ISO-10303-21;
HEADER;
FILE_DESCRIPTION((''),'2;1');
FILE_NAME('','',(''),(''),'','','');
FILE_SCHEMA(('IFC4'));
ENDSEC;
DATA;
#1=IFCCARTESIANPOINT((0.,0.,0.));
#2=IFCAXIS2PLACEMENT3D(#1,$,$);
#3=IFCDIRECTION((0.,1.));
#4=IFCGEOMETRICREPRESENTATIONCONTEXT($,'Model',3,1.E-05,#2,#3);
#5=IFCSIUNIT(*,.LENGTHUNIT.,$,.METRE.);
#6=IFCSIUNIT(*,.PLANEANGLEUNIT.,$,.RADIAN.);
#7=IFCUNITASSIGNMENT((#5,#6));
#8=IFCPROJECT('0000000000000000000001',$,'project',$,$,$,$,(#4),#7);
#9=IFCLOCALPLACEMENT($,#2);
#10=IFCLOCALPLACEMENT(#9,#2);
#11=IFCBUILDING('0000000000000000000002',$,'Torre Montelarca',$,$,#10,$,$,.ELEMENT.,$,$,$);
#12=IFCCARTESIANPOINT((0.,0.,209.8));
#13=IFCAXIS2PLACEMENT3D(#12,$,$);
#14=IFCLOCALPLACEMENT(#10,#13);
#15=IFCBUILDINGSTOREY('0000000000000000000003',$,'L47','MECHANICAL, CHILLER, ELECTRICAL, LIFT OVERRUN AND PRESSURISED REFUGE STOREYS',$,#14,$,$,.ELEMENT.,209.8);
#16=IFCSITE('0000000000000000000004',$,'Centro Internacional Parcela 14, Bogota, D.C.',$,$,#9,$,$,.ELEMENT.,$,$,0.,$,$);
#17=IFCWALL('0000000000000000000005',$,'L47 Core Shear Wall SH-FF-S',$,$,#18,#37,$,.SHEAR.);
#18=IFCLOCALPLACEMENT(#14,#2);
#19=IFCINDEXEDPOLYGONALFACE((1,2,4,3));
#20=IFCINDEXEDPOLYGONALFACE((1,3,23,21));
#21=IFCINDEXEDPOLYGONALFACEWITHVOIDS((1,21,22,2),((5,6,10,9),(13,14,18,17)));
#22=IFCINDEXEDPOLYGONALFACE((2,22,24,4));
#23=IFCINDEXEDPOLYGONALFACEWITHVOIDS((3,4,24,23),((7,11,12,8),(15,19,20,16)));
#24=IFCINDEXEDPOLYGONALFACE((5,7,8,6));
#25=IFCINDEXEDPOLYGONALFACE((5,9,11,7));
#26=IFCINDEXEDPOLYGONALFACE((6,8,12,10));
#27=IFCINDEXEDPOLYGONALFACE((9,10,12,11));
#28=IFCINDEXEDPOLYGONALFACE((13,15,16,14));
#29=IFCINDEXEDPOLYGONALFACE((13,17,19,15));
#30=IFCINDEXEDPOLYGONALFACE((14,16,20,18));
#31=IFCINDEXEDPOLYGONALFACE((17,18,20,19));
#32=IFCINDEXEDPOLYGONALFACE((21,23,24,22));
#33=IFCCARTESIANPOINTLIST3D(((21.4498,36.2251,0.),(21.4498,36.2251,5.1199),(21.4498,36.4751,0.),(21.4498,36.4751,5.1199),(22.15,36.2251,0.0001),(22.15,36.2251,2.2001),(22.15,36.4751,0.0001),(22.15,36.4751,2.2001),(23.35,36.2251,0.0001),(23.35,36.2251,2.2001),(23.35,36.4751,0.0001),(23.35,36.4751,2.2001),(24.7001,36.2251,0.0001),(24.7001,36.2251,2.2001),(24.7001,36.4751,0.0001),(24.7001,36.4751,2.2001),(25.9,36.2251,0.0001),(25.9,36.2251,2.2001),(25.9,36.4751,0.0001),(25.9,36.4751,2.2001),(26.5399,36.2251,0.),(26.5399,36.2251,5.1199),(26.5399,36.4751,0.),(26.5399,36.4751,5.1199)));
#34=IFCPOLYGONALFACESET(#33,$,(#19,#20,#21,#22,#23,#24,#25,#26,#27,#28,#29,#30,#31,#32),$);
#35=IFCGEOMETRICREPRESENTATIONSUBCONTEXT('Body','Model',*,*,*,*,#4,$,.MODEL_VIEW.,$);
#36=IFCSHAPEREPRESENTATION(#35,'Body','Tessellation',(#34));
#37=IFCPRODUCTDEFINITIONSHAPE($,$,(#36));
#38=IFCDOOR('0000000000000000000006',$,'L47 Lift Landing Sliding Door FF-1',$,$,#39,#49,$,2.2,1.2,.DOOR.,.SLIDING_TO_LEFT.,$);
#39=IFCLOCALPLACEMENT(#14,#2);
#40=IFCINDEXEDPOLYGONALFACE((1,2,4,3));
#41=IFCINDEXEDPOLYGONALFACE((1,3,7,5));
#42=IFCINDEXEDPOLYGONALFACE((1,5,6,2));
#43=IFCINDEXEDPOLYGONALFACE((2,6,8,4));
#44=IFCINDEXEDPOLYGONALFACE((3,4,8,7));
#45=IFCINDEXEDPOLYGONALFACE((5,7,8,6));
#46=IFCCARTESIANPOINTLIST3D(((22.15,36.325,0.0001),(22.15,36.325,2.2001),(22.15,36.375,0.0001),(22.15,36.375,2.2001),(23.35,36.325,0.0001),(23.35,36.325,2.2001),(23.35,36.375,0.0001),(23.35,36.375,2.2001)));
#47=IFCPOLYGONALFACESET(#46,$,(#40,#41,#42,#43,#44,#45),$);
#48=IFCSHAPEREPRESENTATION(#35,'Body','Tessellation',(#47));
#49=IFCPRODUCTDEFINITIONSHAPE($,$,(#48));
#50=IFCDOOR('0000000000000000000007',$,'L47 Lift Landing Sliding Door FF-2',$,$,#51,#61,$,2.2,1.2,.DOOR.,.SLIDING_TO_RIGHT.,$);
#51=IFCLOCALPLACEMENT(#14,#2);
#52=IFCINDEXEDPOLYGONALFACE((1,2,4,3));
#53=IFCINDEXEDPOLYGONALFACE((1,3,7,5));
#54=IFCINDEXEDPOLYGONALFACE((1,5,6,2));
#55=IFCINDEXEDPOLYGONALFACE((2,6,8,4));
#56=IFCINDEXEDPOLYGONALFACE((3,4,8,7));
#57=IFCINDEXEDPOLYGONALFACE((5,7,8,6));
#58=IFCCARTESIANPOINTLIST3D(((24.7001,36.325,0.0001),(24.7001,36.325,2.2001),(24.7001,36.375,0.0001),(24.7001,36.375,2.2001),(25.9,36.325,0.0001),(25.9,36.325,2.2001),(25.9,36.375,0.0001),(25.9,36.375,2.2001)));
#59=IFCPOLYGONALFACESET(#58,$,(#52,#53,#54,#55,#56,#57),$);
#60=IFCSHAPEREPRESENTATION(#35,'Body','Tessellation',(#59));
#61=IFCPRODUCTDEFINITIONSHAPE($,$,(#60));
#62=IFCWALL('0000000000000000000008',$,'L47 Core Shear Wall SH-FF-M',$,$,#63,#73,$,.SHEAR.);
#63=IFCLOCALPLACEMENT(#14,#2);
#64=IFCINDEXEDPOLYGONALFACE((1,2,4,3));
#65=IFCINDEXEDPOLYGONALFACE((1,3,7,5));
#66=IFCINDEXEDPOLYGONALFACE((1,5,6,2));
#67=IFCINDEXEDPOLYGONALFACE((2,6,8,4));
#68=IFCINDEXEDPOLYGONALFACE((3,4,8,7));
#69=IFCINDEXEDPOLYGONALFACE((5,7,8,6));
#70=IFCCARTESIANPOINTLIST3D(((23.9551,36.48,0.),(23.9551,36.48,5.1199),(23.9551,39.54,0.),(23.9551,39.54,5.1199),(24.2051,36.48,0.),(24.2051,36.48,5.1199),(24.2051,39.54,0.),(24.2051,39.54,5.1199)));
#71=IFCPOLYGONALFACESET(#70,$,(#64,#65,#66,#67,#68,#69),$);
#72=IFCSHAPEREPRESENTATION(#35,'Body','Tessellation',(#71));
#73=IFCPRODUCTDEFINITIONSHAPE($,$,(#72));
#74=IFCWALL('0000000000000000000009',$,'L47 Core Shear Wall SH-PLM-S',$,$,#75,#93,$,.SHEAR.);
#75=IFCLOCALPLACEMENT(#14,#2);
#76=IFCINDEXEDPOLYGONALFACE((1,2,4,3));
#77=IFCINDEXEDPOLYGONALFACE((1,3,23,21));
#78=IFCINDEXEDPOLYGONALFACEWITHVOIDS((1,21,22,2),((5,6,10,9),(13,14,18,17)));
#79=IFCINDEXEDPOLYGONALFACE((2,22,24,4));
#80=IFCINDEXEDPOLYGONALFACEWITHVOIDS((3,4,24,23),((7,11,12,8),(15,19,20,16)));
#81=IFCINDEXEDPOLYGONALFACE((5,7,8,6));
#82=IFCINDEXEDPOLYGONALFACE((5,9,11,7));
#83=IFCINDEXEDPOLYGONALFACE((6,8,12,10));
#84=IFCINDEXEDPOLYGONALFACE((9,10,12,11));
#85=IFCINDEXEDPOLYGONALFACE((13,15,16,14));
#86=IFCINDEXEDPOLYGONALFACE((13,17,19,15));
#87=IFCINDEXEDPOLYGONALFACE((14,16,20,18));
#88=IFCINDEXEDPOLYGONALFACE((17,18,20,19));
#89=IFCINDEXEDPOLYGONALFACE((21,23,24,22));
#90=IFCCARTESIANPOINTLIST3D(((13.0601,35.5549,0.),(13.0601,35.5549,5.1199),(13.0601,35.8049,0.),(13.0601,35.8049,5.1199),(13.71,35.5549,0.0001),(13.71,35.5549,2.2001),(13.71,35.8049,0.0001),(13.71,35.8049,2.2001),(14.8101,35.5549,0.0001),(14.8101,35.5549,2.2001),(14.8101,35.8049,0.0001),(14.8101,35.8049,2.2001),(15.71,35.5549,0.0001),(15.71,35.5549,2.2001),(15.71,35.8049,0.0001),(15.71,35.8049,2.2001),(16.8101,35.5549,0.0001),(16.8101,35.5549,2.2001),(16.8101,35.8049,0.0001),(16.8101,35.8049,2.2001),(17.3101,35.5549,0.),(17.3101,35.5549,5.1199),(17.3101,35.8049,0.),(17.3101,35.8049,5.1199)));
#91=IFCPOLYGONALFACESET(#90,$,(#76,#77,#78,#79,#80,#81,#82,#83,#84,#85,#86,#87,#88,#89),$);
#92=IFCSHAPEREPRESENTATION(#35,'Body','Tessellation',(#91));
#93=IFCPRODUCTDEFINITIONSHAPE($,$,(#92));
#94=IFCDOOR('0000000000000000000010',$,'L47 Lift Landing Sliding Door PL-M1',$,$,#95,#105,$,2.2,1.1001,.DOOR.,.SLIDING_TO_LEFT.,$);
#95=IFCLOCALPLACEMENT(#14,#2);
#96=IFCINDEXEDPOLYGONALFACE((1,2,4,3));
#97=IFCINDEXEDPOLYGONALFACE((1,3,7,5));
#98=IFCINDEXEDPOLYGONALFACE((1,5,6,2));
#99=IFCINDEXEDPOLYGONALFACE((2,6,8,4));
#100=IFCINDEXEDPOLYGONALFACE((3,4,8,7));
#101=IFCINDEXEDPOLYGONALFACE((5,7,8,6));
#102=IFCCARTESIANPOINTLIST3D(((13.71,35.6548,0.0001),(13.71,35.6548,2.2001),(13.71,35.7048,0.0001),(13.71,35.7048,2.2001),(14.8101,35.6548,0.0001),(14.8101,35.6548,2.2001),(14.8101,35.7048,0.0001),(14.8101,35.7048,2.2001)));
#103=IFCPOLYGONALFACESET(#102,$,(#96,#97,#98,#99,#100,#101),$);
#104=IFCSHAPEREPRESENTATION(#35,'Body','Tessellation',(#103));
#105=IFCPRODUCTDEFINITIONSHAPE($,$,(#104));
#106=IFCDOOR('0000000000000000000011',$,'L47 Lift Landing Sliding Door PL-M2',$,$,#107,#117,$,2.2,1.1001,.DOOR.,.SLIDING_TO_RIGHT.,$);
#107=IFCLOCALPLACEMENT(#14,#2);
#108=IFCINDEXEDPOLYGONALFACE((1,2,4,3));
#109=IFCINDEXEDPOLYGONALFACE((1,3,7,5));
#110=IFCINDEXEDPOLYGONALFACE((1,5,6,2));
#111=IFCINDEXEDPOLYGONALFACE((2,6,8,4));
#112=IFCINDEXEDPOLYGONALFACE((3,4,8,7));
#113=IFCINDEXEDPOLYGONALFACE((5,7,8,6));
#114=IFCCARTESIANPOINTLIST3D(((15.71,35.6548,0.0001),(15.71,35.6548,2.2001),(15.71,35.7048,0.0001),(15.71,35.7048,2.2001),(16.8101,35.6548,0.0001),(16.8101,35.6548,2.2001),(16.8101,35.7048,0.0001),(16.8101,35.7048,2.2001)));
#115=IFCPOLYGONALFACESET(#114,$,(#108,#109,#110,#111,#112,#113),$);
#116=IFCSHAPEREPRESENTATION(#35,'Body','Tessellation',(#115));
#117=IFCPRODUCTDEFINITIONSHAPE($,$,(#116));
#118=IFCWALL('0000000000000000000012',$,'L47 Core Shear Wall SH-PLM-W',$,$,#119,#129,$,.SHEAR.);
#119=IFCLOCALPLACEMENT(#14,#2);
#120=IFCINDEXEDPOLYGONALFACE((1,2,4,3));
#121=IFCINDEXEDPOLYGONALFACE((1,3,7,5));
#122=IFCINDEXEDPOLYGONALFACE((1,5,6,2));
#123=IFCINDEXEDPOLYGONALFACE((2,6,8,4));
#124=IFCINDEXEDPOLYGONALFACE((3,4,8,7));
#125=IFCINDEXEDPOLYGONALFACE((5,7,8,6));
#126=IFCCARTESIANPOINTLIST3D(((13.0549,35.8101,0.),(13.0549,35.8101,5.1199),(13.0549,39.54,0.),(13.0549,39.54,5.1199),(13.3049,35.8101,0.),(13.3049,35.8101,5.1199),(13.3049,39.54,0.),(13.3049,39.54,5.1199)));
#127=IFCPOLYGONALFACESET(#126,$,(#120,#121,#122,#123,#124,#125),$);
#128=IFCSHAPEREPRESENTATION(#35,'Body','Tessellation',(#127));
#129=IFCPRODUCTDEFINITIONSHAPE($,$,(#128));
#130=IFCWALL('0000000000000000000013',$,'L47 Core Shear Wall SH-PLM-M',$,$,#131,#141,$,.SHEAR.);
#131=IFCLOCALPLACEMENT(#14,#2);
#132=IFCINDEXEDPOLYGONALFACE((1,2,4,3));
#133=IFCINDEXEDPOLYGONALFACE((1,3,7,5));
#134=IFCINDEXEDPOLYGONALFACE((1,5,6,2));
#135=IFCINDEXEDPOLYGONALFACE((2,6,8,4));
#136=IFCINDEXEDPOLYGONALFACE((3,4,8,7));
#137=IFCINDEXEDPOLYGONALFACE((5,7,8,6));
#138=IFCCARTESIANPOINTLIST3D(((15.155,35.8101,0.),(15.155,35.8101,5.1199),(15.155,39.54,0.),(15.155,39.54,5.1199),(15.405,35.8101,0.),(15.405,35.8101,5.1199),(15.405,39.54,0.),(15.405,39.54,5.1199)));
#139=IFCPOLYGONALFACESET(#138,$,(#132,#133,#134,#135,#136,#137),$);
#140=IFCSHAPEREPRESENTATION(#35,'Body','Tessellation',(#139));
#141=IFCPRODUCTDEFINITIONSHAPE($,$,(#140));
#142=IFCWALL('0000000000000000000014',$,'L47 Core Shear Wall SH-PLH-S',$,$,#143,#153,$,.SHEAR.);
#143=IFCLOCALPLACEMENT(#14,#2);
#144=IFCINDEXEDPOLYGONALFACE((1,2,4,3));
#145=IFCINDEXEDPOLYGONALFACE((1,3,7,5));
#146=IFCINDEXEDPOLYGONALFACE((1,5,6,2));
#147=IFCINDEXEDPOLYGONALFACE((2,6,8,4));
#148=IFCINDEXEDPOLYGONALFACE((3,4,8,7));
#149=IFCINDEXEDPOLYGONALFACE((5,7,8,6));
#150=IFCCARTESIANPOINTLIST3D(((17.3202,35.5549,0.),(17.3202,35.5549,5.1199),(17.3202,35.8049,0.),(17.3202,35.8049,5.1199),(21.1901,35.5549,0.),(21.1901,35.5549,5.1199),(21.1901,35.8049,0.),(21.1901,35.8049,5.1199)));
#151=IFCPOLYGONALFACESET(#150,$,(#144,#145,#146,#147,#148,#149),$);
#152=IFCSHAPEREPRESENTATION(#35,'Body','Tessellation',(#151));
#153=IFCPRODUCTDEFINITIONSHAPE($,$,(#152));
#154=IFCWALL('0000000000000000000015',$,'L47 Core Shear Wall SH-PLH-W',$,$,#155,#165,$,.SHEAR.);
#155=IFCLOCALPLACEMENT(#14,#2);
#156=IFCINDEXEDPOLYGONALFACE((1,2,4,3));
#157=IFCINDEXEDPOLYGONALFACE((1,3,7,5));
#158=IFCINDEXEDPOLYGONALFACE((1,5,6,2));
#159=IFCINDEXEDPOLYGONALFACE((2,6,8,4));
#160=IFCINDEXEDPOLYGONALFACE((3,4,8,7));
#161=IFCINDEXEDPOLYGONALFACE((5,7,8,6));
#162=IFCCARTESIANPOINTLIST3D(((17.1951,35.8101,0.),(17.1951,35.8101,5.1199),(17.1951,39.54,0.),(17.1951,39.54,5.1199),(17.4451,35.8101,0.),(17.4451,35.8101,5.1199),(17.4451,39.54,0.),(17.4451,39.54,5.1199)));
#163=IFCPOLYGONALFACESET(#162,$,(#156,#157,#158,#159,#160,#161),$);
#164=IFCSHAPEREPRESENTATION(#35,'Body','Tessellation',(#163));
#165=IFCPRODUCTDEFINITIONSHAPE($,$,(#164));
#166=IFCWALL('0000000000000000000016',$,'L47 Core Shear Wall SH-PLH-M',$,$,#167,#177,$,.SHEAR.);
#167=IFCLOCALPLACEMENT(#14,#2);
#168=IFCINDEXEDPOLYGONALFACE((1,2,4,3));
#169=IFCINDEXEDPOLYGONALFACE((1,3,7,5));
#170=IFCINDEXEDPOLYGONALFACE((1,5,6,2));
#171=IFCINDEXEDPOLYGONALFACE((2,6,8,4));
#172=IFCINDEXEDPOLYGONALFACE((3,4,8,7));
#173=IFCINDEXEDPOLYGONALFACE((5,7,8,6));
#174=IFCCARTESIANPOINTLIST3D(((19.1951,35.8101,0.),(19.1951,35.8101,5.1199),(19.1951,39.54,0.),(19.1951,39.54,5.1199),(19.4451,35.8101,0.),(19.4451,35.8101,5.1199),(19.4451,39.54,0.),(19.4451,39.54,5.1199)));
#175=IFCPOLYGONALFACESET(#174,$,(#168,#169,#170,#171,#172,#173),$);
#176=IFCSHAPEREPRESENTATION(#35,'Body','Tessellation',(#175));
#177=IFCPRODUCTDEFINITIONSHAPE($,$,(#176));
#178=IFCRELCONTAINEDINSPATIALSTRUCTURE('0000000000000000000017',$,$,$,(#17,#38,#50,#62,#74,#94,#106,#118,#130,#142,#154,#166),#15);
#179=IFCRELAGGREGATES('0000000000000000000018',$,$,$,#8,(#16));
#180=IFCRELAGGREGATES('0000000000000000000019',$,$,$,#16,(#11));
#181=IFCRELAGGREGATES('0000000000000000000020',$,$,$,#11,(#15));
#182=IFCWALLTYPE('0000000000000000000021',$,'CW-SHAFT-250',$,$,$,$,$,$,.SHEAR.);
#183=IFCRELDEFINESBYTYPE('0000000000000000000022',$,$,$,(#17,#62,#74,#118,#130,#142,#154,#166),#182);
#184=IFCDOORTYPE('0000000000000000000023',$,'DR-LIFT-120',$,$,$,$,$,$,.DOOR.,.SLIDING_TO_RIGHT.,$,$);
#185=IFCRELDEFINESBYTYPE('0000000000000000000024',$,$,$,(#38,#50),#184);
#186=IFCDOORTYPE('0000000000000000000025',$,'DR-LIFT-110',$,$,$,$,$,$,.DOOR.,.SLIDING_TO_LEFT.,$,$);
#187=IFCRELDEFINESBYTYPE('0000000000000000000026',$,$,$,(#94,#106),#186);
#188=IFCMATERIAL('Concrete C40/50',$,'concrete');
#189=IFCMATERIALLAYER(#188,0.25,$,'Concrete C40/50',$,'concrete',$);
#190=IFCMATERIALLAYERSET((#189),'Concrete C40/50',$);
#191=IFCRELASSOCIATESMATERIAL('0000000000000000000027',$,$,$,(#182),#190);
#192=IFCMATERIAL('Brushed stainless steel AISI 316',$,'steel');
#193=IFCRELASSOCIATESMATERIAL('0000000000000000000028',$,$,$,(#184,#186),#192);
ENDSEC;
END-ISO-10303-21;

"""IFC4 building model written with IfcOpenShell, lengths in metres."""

from ifc_helpers import new_model, si_unit, direction, frame, frame_2d, origin, place, context, subcontext, project, spatial, rectangle, extrude, source, transform, mapped, material, layer, layer_set, type_object, element, fill, save


model = new_model("IFC4")

# Units and contexts
model_context = context("Model", 3, precision=1e-05, world=origin(), true_north=direction((0.0, 1.0)))
body_context = subcontext(model_context, "Body", "Model", "MODEL_VIEW")
ifc_project = project(units=[si_unit("LENGTHUNIT", "METRE"), si_unit("PLANEANGLEUNIT", "RADIAN")], contexts=[model_context])

# Site, building, storey
site_placement = place(None, origin())
site = spatial("IfcSite", under=ifc_project, at=site_placement, Name="Centro Internacional Parcela 14, Bogota, D.C.", CompositionType="ELEMENT", RefElevation=0.0)
building_placement = place(site_placement, origin())
building = spatial("IfcBuilding", under=site, at=building_placement, Name="Torre Montelarca", CompositionType="ELEMENT")
storey_placement = place(building_placement, frame((0.0, 0.0, 209.8)))
storey = spatial("IfcBuildingStorey", under=building, at=storey_placement, Name="L47", Description="MECHANICAL, CHILLER, ELECTRICAL, LIFT OVERRUN AND PRESSURISED REFUGE STOREYS", CompositionType="ELEMENT", Elevation=209.8)

# Shared definitions
ifc_material_1 = material(Name="Concrete C40/50", Category="concrete")
ifc_layer_1 = layer(ifc_material_1, 0.25, Name="Concrete C40/50", Category="concrete")
ifc_layer_set_1 = layer_set([ifc_layer_1], Name="Concrete C40/50")
wall_type_1 = type_object("IfcWallType", Name="CW-SHAFT-250", PredefinedType="SHEAR", material=ifc_layer_set_1)

# Wall, openings, doors
wall_1_placement = place(storey_placement, frame((21.45, 36.3501, 0.0), z_axis=(0.0, 0.0, 1.0), x_axis=(1.0, 0.0, 0.0)))
wall_1 = element("IfcWall", 1, at=wall_1_placement, inside=storey, type_object=wall_type_1, Name="L47 Core Shear Wall SH-FF-S", PredefinedType="SHEAR", context=body_context, shape_type="SweptSolid", body=[
    extrude(rectangle(XDim=5.0901, YDim=0.25, at=frame_2d((2.5449, 0.0))), origin(), (0.0, 0.0, 1.0), 5.1199),
])
opening_1_placement = place(wall_1_placement, frame((0.7, 0.0, 0.0)))
opening_1 = element("IfcOpeningElement", 2, at=opening_1_placement, cuts=wall_1, PredefinedType="OPENING", context=body_context, shape_type="SweptSolid", body=[
    extrude(rectangle(XDim=1.2, YDim=2.2, at=frame_2d((0.6001, 1.1001))), frame((0.0, 0.135, 0.0), z_axis=(0.0, -1.0, 0.0), x_axis=(1.0, 0.0, 0.0)), (0.0, 0.0, 1.0), 0.27),
])
opening_2_placement = place(wall_1_placement, frame((3.25, 0.0, 0.0)))
opening_2 = element("IfcOpeningElement", 3, at=opening_2_placement, cuts=wall_1, PredefinedType="OPENING", context=body_context, shape_type="SweptSolid", body=[
    extrude(rectangle(XDim=1.2, YDim=2.2, at=frame_2d((0.6001, 1.1001))), frame((0.0, 0.135, 0.0), z_axis=(0.0, -1.0, 0.0), x_axis=(1.0, 0.0, 0.0)), (0.0, 0.0, 1.0), 0.27),
])
ifc_material_2 = material(Name="Brushed stainless steel AISI 316", Category="steel")
door_type_1 = type_object("IfcDoorType", Name="DR-LIFT-120", OperationType="SLIDING_TO_RIGHT", PredefinedType="DOOR", material=ifc_material_2)
shared_shape_1 = source(origin(), body_context, "Body", "SweptSolid", [
    extrude(rectangle(XDim=1.2, YDim=2.2, at=frame_2d((0.6001, 1.1001))), frame((0.0, 0.0249, 0.0), z_axis=(0.0, -1.0, 0.0), x_axis=(1.0, 0.0, 0.0)), (0.0, 0.0, 1.0), 0.05),
])
door_1_placement = place(opening_1_placement, origin())
door_1 = element("IfcDoor", 4, at=door_1_placement, inside=storey, type_object=door_type_1, Name="L47 Lift Landing Sliding Door FF-1", OperationType="SLIDING_TO_LEFT", OverallHeight=2.2, OverallWidth=1.2, PredefinedType="DOOR", context=body_context, shape_type="MappedRepresentation", body=[
    mapped(shared_shape_1, transform((0.0, 0.0, 0.0), scale=1.0)),
])
fill(opening_1, door_1)
door_2_placement = place(opening_2_placement, origin())
door_2 = element("IfcDoor", 5, at=door_2_placement, inside=storey, type_object=door_type_1, Name="L47 Lift Landing Sliding Door FF-2", OperationType="SLIDING_TO_RIGHT", OverallHeight=2.2, OverallWidth=1.2, PredefinedType="DOOR", context=body_context, shape_type="MappedRepresentation", body=[
    mapped(shared_shape_1, transform((0.0, 0.0, 0.0), scale=1.0)),
])
fill(opening_2, door_2)

# Wall
wall_2_placement = place(storey_placement, frame((24.0801, 36.48, 0.0), z_axis=(0.0, 0.0, 1.0), x_axis=(0.0, 1.0, 0.0)))
element("IfcWall", 6, at=wall_2_placement, inside=storey, type_object=wall_type_1, Name="L47 Core Shear Wall SH-FF-M", PredefinedType="SHEAR", context=body_context, shape_type="SweptSolid", body=[
    extrude(rectangle(XDim=3.0601, YDim=0.25, at=frame_2d((1.53, 0.0))), origin(), (0.0, 0.0, 1.0), 5.1199),
])

# Wall, openings, doors
wall_3_placement = place(storey_placement, frame((13.0601, 35.6799, 0.0), z_axis=(0.0, 0.0, 1.0), x_axis=(1.0, 0.0, 0.0)))
wall_3 = element("IfcWall", 7, at=wall_3_placement, inside=storey, type_object=wall_type_1, Name="L47 Core Shear Wall SH-PLM-S", PredefinedType="SHEAR", context=body_context, shape_type="SweptSolid", body=[
    extrude(rectangle(XDim=4.25, YDim=0.25, at=frame_2d((2.125, 0.0))), origin(), (0.0, 0.0, 1.0), 5.1199),
])
opening_3_placement = place(wall_3_placement, frame((0.6499, 0.0, 0.0)))
opening_3 = element("IfcOpeningElement", 8, at=opening_3_placement, cuts=wall_3, PredefinedType="OPENING", context=body_context, shape_type="SweptSolid", body=[
    extrude(rectangle(XDim=1.1001, YDim=2.2, at=frame_2d((0.55, 1.1001))), frame((0.0, 0.135, 0.0), z_axis=(0.0, -1.0, 0.0), x_axis=(1.0, 0.0, 0.0)), (0.0, 0.0, 1.0), 0.27),
])
opening_4_placement = place(wall_3_placement, frame((2.6499, 0.0, 0.0)))
opening_4 = element("IfcOpeningElement", 9, at=opening_4_placement, cuts=wall_3, PredefinedType="OPENING", context=body_context, shape_type="SweptSolid", body=[
    extrude(rectangle(XDim=1.1001, YDim=2.2, at=frame_2d((0.55, 1.1001))), frame((0.0, 0.135, 0.0), z_axis=(0.0, -1.0, 0.0), x_axis=(1.0, 0.0, 0.0)), (0.0, 0.0, 1.0), 0.27),
])
door_type_2 = type_object("IfcDoorType", Name="DR-LIFT-110", OperationType="SLIDING_TO_LEFT", PredefinedType="DOOR", material=ifc_material_2)
shared_shape_2 = source(origin(), body_context, "Body", "SweptSolid", [
    extrude(rectangle(XDim=1.1001, YDim=2.2, at=frame_2d((0.55, 1.1001))), frame((0.0, 0.0249, 0.0), z_axis=(0.0, -1.0, 0.0), x_axis=(1.0, 0.0, 0.0)), (0.0, 0.0, 1.0), 0.05),
])
door_3_placement = place(opening_3_placement, origin())
door_3 = element("IfcDoor", 10, at=door_3_placement, inside=storey, type_object=door_type_2, Name="L47 Lift Landing Sliding Door PL-M1", OperationType="SLIDING_TO_LEFT", OverallHeight=2.2, OverallWidth=1.1001, PredefinedType="DOOR", context=body_context, shape_type="MappedRepresentation", body=[
    mapped(shared_shape_2, transform((0.0, 0.0, 0.0), scale=1.0)),
])
fill(opening_3, door_3)
door_4_placement = place(opening_4_placement, origin())
door_4 = element("IfcDoor", 11, at=door_4_placement, inside=storey, type_object=door_type_2, Name="L47 Lift Landing Sliding Door PL-M2", OperationType="SLIDING_TO_RIGHT", OverallHeight=2.2, OverallWidth=1.1001, PredefinedType="DOOR", context=body_context, shape_type="MappedRepresentation", body=[
    mapped(shared_shape_2, transform((0.0, 0.0, 0.0), scale=1.0)),
])
fill(opening_4, door_4)

# Walls
for number, where, z_axis, x_axis, name in (
    (12, (13.1799, 35.8101, 0.0), (0.0, 0.0, 1.0), (0.0, 1.0, 0.0), "L47 Core Shear Wall SH-PLM-W"),
    (13, (15.28, 35.8101, 0.0), (0.0, 0.0, 1.0), (0.0, 1.0, 0.0), "L47 Core Shear Wall SH-PLM-M"),
):
    element("IfcWall", number, at=place(storey_placement, frame(where, z_axis=z_axis, x_axis=x_axis)), inside=storey, type_object=wall_type_1, Name=name, PredefinedType="SHEAR", context=body_context, shape_type="SweptSolid", body=[
        extrude(rectangle(XDim=3.73, YDim=0.25, at=frame_2d((1.865, 0.0))), origin(), (0.0, 0.0, 1.0), 5.1199),
    ])
wall_4_placement = place(storey_placement, frame((17.3201, 35.6799, 0.0), z_axis=(0.0, 0.0, 1.0), x_axis=(1.0, 0.0, 0.0)))
element("IfcWall", 14, at=wall_4_placement, inside=storey, type_object=wall_type_1, Name="L47 Core Shear Wall SH-PLH-S", PredefinedType="SHEAR", context=body_context, shape_type="SweptSolid", body=[
    extrude(rectangle(XDim=3.8699, YDim=0.25, at=frame_2d((1.9351, 0.0))), origin(), (0.0, 0.0, 1.0), 5.1199),
])
for number, where, z_axis, x_axis, name in (
    (15, (17.3201, 35.8101, 0.0), (0.0, 0.0, 1.0), (0.0, 1.0, 0.0), "L47 Core Shear Wall SH-PLH-W"),
    (16, (19.3201, 35.8101, 0.0), (0.0, 0.0, 1.0), (0.0, 1.0, 0.0), "L47 Core Shear Wall SH-PLH-M"),
):
    element("IfcWall", number, at=place(storey_placement, frame(where, z_axis=z_axis, x_axis=x_axis)), inside=storey, type_object=wall_type_1, Name=name, PredefinedType="SHEAR", context=body_context, shape_type="SweptSolid", body=[
        extrude(rectangle(XDim=3.73, YDim=0.25, at=frame_2d((1.865, 0.0))), origin(), (0.0, 0.0, 1.0), 5.1199),
    ])

save(model, "model.ifc")
